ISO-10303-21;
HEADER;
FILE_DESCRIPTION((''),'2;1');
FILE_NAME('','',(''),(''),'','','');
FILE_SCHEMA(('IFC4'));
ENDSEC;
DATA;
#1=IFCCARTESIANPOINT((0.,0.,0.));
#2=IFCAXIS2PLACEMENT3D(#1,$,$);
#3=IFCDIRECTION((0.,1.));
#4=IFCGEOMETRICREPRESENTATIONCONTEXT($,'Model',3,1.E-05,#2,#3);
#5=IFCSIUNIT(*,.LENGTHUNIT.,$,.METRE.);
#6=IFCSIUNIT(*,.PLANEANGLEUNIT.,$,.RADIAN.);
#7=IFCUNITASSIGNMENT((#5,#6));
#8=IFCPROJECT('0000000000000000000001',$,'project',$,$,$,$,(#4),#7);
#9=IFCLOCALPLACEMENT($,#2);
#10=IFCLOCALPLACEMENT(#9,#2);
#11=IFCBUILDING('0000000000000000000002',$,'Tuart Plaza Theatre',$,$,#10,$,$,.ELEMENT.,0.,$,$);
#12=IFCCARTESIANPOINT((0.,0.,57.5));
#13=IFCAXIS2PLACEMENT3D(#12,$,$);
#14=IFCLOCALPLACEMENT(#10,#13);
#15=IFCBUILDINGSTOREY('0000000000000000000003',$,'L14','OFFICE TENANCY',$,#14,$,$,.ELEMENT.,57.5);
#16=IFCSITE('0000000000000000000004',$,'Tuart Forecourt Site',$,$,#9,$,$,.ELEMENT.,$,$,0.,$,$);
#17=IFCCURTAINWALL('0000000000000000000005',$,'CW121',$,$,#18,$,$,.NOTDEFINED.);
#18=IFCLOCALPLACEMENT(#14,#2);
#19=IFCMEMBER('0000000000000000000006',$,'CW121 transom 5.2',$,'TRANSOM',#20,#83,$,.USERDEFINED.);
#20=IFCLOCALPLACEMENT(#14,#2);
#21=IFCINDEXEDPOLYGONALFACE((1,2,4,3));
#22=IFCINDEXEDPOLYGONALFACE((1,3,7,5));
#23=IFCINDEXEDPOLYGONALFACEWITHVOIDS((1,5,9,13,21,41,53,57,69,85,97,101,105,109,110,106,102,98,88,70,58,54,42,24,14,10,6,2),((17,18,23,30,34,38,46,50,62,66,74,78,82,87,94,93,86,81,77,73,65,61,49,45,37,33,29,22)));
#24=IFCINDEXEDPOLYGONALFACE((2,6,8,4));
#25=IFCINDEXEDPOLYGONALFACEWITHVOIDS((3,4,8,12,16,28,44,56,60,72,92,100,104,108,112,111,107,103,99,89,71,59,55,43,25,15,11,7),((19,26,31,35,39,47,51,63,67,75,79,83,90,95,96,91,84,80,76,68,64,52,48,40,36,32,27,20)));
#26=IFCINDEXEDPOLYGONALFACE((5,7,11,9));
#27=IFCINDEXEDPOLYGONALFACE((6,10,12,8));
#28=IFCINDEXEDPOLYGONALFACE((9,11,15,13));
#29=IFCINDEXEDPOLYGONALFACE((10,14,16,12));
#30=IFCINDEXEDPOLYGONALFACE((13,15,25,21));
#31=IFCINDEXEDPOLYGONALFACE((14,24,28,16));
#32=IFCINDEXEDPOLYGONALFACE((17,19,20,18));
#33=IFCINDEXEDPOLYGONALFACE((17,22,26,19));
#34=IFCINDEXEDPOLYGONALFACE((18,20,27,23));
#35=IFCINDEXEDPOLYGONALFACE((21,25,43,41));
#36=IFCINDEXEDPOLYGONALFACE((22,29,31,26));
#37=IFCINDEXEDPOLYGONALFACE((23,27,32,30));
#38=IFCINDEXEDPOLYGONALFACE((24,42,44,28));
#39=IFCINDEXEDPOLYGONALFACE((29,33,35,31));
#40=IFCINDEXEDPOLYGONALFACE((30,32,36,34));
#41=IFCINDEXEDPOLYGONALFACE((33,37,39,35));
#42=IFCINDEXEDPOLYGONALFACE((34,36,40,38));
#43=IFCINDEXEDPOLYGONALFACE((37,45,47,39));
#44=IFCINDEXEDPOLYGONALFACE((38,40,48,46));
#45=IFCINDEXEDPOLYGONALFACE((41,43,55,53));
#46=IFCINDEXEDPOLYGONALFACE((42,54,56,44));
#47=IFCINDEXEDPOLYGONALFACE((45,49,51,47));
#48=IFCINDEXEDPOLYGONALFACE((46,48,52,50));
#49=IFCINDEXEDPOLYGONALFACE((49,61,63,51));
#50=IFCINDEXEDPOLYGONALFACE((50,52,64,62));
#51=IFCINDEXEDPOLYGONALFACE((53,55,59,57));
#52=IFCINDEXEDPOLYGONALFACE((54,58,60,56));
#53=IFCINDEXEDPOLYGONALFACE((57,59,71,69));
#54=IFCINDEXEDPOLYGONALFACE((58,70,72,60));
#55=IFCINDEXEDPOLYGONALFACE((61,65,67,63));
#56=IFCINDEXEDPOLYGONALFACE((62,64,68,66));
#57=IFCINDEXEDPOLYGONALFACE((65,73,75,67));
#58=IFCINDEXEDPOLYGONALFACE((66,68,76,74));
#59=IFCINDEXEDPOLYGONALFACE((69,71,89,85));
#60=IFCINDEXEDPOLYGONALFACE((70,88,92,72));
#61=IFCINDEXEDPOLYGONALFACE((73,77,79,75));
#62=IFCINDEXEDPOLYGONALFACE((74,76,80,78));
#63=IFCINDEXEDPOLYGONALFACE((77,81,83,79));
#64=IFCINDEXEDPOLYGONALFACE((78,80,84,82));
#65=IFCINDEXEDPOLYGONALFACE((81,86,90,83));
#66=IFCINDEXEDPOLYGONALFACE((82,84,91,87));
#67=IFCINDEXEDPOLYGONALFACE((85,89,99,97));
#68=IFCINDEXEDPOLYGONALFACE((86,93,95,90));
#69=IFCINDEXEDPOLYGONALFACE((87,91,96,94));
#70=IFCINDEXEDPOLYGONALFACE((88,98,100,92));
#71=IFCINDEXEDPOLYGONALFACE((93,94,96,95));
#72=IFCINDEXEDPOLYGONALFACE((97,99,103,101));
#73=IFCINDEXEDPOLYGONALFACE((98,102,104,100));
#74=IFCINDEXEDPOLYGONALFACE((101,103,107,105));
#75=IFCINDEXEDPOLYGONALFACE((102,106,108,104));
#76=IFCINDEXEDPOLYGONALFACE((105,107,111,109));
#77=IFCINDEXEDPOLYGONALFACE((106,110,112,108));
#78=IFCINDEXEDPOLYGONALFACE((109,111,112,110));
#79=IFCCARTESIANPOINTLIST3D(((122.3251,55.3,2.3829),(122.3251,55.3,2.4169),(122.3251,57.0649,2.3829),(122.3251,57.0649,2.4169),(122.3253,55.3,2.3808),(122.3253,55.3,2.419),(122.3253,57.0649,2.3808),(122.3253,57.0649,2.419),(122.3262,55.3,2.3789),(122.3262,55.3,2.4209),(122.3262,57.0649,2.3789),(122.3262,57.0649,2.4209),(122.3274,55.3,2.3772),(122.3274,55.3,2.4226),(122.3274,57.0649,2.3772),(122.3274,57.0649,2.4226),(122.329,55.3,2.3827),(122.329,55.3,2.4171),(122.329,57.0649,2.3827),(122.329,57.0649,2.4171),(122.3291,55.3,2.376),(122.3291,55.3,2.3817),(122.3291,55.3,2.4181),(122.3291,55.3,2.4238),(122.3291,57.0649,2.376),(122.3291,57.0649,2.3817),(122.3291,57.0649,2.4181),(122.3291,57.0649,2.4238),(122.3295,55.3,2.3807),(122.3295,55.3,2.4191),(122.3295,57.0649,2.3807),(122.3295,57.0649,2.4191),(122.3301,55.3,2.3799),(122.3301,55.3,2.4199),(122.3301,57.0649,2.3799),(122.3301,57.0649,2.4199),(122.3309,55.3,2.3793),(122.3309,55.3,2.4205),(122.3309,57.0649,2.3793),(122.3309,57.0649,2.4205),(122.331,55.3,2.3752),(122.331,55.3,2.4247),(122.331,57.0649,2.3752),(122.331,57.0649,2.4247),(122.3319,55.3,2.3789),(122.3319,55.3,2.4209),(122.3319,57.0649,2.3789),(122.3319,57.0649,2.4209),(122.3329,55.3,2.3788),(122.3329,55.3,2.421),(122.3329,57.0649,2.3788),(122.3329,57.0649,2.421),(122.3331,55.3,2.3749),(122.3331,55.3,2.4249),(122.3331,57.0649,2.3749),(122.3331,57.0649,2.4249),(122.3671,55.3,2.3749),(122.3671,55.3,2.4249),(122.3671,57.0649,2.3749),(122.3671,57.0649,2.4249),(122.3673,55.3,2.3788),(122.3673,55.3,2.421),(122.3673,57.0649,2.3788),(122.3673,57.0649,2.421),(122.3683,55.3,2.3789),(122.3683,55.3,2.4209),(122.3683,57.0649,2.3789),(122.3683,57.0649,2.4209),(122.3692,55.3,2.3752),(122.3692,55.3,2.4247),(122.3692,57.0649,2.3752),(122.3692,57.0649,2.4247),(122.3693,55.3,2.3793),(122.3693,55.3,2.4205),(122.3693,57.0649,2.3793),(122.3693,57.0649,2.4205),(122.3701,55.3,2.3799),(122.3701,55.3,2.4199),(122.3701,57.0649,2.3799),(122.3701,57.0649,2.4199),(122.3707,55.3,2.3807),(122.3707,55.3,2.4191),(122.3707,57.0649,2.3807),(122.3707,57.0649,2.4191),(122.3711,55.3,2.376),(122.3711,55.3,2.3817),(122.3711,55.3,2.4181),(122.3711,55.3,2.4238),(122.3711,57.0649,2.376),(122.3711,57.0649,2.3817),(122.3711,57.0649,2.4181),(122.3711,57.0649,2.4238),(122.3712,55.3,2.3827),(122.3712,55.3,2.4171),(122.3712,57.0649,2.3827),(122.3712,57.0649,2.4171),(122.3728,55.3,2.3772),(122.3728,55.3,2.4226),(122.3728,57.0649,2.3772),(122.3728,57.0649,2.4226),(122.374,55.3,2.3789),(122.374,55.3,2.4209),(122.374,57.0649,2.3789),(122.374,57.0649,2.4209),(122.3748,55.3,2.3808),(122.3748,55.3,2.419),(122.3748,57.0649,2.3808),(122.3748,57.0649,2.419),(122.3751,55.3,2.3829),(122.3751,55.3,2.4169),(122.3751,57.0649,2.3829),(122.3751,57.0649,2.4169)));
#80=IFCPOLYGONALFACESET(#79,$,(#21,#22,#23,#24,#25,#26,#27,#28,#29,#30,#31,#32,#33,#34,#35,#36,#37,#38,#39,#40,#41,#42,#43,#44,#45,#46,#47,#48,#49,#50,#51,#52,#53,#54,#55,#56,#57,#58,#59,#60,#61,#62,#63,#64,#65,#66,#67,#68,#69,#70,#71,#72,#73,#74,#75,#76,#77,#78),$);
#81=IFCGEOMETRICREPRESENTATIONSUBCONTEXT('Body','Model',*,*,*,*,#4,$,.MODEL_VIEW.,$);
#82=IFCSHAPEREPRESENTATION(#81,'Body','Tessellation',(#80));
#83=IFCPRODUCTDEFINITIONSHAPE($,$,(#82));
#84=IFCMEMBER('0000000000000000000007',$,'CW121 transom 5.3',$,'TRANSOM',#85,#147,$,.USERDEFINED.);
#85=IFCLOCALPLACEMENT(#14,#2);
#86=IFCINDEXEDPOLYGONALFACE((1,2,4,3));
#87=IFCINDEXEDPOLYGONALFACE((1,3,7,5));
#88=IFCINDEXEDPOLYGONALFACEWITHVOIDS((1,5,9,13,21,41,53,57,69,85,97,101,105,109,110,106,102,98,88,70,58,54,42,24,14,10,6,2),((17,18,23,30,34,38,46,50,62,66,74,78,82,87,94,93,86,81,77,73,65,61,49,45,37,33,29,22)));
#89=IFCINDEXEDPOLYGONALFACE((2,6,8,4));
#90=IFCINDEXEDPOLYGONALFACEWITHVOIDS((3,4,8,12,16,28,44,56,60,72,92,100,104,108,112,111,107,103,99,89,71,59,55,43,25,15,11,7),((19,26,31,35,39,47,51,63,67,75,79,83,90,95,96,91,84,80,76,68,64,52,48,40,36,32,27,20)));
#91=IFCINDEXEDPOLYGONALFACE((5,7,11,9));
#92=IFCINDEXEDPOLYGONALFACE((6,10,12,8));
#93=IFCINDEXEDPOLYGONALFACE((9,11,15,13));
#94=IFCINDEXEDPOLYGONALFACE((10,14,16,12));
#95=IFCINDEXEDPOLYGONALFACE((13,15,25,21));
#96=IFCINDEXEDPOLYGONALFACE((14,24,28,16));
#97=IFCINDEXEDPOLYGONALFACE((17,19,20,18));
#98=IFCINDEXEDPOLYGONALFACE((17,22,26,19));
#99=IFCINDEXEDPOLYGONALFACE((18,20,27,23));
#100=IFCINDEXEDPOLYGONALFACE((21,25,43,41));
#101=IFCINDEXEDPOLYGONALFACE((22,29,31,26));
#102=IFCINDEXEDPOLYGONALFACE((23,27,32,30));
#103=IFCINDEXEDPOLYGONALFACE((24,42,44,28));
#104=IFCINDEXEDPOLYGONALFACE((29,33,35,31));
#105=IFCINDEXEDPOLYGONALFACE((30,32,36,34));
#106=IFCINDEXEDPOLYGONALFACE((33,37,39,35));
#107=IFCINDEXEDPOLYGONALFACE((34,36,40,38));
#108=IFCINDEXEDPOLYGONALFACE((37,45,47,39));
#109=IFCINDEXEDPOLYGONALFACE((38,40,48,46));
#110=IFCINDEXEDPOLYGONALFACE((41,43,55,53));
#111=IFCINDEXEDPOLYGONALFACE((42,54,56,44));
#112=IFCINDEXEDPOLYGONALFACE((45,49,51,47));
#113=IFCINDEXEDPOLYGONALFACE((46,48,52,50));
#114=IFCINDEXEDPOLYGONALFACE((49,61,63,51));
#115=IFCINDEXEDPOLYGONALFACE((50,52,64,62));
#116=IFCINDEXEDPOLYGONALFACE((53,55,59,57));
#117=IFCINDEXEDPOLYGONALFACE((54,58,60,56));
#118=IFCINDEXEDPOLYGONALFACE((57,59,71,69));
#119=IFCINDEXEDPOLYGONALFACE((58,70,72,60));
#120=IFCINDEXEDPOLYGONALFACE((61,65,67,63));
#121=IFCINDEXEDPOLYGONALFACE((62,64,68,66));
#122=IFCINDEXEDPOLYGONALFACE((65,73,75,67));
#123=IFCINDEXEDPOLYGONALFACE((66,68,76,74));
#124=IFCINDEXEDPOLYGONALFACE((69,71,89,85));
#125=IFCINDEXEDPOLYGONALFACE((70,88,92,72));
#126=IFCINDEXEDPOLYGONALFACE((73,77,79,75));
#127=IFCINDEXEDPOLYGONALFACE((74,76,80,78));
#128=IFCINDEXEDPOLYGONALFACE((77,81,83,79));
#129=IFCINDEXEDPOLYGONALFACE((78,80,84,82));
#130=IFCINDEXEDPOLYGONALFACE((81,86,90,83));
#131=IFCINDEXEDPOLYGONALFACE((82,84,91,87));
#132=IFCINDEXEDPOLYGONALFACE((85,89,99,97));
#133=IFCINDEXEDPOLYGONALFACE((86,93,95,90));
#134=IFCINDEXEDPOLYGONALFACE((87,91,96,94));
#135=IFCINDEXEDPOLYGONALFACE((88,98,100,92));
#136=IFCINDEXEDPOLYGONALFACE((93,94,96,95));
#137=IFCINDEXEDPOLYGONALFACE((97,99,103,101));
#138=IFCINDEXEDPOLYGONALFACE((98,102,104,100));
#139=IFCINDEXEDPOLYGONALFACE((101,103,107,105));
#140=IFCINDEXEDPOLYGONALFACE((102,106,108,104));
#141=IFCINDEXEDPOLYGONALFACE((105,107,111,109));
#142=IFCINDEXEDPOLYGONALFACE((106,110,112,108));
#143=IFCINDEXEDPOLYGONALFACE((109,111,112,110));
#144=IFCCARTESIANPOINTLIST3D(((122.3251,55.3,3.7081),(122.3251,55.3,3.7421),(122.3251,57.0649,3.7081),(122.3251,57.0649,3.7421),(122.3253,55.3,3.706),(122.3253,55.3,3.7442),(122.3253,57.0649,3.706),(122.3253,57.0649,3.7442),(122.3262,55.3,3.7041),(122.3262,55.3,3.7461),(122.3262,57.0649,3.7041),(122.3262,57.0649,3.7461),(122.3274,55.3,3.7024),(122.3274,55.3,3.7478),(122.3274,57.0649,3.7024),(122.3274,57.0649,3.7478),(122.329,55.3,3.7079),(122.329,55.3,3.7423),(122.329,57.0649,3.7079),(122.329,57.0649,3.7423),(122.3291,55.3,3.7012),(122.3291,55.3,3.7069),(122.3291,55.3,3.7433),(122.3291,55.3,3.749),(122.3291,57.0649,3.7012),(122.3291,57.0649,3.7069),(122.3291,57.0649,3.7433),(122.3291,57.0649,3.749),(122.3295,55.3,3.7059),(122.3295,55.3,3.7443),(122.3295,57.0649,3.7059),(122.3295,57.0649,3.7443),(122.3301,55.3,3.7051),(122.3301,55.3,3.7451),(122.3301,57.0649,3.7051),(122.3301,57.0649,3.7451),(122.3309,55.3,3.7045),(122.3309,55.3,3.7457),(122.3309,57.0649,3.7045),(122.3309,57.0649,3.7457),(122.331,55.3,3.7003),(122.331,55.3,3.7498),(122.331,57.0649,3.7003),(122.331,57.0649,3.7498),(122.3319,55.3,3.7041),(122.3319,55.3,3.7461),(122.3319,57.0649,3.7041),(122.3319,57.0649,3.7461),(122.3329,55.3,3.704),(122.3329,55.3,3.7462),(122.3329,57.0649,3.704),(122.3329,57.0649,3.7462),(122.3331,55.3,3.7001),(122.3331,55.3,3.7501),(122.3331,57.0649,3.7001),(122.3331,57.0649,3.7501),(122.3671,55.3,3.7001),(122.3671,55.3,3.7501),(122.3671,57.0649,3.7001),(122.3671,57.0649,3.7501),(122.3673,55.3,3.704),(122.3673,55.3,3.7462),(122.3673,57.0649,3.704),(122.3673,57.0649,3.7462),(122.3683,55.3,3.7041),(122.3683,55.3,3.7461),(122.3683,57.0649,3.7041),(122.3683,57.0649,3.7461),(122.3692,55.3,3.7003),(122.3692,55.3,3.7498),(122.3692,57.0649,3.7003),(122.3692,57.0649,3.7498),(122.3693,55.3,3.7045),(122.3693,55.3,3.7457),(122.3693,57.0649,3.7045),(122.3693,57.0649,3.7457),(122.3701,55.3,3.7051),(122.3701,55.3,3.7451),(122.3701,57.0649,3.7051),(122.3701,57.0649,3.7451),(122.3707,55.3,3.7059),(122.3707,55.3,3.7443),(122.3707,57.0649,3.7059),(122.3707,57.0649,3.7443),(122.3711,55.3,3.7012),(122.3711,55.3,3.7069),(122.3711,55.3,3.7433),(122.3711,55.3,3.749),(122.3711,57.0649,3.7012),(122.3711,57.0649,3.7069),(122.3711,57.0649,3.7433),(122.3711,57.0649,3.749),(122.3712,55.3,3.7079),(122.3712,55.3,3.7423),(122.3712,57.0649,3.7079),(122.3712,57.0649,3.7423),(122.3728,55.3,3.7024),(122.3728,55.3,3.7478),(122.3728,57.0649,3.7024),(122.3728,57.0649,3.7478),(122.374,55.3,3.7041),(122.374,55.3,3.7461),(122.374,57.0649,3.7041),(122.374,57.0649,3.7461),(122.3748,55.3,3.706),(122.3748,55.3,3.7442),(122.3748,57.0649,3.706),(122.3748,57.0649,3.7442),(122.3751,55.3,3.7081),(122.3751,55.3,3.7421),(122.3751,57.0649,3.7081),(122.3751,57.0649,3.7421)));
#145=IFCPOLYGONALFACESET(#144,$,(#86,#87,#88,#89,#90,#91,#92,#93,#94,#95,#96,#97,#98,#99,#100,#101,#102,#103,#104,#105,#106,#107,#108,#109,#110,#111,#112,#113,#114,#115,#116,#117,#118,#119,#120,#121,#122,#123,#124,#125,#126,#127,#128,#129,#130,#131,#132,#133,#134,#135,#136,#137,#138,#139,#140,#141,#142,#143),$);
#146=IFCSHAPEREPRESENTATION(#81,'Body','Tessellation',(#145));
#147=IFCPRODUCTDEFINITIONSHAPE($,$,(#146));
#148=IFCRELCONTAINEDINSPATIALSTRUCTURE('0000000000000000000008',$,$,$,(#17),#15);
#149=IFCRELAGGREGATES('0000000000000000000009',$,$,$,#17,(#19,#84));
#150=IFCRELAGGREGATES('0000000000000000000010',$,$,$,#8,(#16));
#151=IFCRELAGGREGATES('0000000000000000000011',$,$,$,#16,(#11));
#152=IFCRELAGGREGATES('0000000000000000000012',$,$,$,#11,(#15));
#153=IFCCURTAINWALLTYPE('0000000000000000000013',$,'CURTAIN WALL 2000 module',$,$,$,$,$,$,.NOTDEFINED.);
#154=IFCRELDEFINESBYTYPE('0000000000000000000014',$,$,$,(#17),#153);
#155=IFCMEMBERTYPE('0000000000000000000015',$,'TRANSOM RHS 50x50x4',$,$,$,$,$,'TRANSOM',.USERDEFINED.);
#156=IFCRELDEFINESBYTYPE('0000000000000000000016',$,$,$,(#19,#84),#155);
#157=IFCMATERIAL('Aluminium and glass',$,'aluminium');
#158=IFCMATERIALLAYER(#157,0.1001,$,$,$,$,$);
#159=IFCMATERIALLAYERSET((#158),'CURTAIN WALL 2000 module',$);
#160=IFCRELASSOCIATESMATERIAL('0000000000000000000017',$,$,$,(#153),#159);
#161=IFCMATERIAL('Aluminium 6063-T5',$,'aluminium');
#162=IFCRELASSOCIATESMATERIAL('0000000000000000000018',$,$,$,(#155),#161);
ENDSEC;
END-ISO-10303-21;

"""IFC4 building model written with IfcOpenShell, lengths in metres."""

from ifc_helpers import new_model, si_unit, direction, frame, origin, origin_2d, place, context, subcontext, project, spatial, hollow_rectangle, extrude, material, layer, layer_set, material_profile, profile_set, type_object, element, aggregate, save


model = new_model("IFC4")

# Units and contexts
model_context = context("Model", 3, precision=1e-05, world=origin(), true_north=direction((0.0, 1.0)))
body_context = subcontext(model_context, "Body", "Model", "MODEL_VIEW")
ifc_project = project(units=[si_unit("LENGTHUNIT", "METRE"), si_unit("PLANEANGLEUNIT", "RADIAN")], contexts=[model_context])

# Site, building, storey
site_placement = place(None, origin())
site = spatial("IfcSite", under=ifc_project, at=site_placement, Name="Tuart Forecourt Site", CompositionType="ELEMENT", RefElevation=0.0)
building_placement = place(site_placement, origin())
building = spatial("IfcBuilding", under=site, at=building_placement, Name="Tuart Plaza Theatre", CompositionType="ELEMENT", ElevationOfRefHeight=0.0)
storey_placement = place(building_placement, frame((0.0, 0.0, 57.5)))
storey = spatial("IfcBuildingStorey", under=building, at=storey_placement, Name="L14", Description="OFFICE TENANCY", CompositionType="ELEMENT", Elevation=57.5)

# Curtain wall
ifc_material_1 = material(Name="Aluminium and glass", Category="aluminium")
ifc_layer_1 = layer(ifc_material_1, 0.1001)
ifc_layer_set_1 = layer_set([ifc_layer_1], Name="CURTAIN WALL 2000 module")
curtain_wall_type = type_object("IfcCurtainWallType", Name="CURTAIN WALL 2000 module", PredefinedType="NOTDEFINED", material=ifc_layer_set_1)
curtain_wall_1_placement = place(storey_placement, origin())
curtain_wall_1 = element("IfcCurtainWall", 1, at=curtain_wall_1_placement, inside=storey, type_object=curtain_wall_type, Name="CW121", PredefinedType="NOTDEFINED")

# Members
ifc_material_2 = material(Name="Aluminium 6063-T5", Category="aluminium")
ifc_material_profile_1 = material_profile(ifc_material_2, hollow_rectangle(XDim=0.05, YDim=0.05, WallThickness=0.0039, InnerFilletRadius=0.0039, OuterFilletRadius=0.0081, at=origin_2d()), Name="RHS 50x50x4")
ifc_profile_set_1 = profile_set([ifc_material_profile_1], Name="Aluminium 6063-T5")
member_type_1 = type_object("IfcMemberType", Name="TRANSOM RHS 50x50x4", ElementType="TRANSOM", PredefinedType="USERDEFINED", material=ifc_profile_set_1)
member_1_placement = place(storey_placement, frame((122.3501, 57.0649, 2.3999), z_axis=(0.0, -1.0, 0.0), x_axis=(1.0, 0.0, 0.0)))
member_1 = element("IfcMember", 2, at=member_1_placement, type_object=member_type_1, Name="CW121 transom 5.2", ObjectType="TRANSOM", PredefinedType="USERDEFINED", context=body_context, shape_type="SweptSolid", body=[
    extrude(hollow_rectangle(XDim=0.05, YDim=0.05, WallThickness=0.0039, InnerFilletRadius=0.0039, OuterFilletRadius=0.0081, at=origin_2d()), origin(), (0.0, 0.0, 1.0), 1.7649),
])
member_2_placement = place(storey_placement, frame((122.3501, 57.0649, 3.7251), z_axis=(0.0, -1.0, 0.0), x_axis=(1.0, 0.0, 0.0)))
member_2 = element("IfcMember", 3, at=member_2_placement, type_object=member_type_1, Name="CW121 transom 5.3", ObjectType="TRANSOM", PredefinedType="USERDEFINED", context=body_context, shape_type="SweptSolid", body=[
    extrude(hollow_rectangle(XDim=0.05, YDim=0.05, WallThickness=0.0039, InnerFilletRadius=0.0039, OuterFilletRadius=0.0081, at=origin_2d()), origin(), (0.0, 0.0, 1.0), 1.7649),
])

aggregate(curtain_wall_1, [member_1, member_2])

save(model, "model.ifc")
